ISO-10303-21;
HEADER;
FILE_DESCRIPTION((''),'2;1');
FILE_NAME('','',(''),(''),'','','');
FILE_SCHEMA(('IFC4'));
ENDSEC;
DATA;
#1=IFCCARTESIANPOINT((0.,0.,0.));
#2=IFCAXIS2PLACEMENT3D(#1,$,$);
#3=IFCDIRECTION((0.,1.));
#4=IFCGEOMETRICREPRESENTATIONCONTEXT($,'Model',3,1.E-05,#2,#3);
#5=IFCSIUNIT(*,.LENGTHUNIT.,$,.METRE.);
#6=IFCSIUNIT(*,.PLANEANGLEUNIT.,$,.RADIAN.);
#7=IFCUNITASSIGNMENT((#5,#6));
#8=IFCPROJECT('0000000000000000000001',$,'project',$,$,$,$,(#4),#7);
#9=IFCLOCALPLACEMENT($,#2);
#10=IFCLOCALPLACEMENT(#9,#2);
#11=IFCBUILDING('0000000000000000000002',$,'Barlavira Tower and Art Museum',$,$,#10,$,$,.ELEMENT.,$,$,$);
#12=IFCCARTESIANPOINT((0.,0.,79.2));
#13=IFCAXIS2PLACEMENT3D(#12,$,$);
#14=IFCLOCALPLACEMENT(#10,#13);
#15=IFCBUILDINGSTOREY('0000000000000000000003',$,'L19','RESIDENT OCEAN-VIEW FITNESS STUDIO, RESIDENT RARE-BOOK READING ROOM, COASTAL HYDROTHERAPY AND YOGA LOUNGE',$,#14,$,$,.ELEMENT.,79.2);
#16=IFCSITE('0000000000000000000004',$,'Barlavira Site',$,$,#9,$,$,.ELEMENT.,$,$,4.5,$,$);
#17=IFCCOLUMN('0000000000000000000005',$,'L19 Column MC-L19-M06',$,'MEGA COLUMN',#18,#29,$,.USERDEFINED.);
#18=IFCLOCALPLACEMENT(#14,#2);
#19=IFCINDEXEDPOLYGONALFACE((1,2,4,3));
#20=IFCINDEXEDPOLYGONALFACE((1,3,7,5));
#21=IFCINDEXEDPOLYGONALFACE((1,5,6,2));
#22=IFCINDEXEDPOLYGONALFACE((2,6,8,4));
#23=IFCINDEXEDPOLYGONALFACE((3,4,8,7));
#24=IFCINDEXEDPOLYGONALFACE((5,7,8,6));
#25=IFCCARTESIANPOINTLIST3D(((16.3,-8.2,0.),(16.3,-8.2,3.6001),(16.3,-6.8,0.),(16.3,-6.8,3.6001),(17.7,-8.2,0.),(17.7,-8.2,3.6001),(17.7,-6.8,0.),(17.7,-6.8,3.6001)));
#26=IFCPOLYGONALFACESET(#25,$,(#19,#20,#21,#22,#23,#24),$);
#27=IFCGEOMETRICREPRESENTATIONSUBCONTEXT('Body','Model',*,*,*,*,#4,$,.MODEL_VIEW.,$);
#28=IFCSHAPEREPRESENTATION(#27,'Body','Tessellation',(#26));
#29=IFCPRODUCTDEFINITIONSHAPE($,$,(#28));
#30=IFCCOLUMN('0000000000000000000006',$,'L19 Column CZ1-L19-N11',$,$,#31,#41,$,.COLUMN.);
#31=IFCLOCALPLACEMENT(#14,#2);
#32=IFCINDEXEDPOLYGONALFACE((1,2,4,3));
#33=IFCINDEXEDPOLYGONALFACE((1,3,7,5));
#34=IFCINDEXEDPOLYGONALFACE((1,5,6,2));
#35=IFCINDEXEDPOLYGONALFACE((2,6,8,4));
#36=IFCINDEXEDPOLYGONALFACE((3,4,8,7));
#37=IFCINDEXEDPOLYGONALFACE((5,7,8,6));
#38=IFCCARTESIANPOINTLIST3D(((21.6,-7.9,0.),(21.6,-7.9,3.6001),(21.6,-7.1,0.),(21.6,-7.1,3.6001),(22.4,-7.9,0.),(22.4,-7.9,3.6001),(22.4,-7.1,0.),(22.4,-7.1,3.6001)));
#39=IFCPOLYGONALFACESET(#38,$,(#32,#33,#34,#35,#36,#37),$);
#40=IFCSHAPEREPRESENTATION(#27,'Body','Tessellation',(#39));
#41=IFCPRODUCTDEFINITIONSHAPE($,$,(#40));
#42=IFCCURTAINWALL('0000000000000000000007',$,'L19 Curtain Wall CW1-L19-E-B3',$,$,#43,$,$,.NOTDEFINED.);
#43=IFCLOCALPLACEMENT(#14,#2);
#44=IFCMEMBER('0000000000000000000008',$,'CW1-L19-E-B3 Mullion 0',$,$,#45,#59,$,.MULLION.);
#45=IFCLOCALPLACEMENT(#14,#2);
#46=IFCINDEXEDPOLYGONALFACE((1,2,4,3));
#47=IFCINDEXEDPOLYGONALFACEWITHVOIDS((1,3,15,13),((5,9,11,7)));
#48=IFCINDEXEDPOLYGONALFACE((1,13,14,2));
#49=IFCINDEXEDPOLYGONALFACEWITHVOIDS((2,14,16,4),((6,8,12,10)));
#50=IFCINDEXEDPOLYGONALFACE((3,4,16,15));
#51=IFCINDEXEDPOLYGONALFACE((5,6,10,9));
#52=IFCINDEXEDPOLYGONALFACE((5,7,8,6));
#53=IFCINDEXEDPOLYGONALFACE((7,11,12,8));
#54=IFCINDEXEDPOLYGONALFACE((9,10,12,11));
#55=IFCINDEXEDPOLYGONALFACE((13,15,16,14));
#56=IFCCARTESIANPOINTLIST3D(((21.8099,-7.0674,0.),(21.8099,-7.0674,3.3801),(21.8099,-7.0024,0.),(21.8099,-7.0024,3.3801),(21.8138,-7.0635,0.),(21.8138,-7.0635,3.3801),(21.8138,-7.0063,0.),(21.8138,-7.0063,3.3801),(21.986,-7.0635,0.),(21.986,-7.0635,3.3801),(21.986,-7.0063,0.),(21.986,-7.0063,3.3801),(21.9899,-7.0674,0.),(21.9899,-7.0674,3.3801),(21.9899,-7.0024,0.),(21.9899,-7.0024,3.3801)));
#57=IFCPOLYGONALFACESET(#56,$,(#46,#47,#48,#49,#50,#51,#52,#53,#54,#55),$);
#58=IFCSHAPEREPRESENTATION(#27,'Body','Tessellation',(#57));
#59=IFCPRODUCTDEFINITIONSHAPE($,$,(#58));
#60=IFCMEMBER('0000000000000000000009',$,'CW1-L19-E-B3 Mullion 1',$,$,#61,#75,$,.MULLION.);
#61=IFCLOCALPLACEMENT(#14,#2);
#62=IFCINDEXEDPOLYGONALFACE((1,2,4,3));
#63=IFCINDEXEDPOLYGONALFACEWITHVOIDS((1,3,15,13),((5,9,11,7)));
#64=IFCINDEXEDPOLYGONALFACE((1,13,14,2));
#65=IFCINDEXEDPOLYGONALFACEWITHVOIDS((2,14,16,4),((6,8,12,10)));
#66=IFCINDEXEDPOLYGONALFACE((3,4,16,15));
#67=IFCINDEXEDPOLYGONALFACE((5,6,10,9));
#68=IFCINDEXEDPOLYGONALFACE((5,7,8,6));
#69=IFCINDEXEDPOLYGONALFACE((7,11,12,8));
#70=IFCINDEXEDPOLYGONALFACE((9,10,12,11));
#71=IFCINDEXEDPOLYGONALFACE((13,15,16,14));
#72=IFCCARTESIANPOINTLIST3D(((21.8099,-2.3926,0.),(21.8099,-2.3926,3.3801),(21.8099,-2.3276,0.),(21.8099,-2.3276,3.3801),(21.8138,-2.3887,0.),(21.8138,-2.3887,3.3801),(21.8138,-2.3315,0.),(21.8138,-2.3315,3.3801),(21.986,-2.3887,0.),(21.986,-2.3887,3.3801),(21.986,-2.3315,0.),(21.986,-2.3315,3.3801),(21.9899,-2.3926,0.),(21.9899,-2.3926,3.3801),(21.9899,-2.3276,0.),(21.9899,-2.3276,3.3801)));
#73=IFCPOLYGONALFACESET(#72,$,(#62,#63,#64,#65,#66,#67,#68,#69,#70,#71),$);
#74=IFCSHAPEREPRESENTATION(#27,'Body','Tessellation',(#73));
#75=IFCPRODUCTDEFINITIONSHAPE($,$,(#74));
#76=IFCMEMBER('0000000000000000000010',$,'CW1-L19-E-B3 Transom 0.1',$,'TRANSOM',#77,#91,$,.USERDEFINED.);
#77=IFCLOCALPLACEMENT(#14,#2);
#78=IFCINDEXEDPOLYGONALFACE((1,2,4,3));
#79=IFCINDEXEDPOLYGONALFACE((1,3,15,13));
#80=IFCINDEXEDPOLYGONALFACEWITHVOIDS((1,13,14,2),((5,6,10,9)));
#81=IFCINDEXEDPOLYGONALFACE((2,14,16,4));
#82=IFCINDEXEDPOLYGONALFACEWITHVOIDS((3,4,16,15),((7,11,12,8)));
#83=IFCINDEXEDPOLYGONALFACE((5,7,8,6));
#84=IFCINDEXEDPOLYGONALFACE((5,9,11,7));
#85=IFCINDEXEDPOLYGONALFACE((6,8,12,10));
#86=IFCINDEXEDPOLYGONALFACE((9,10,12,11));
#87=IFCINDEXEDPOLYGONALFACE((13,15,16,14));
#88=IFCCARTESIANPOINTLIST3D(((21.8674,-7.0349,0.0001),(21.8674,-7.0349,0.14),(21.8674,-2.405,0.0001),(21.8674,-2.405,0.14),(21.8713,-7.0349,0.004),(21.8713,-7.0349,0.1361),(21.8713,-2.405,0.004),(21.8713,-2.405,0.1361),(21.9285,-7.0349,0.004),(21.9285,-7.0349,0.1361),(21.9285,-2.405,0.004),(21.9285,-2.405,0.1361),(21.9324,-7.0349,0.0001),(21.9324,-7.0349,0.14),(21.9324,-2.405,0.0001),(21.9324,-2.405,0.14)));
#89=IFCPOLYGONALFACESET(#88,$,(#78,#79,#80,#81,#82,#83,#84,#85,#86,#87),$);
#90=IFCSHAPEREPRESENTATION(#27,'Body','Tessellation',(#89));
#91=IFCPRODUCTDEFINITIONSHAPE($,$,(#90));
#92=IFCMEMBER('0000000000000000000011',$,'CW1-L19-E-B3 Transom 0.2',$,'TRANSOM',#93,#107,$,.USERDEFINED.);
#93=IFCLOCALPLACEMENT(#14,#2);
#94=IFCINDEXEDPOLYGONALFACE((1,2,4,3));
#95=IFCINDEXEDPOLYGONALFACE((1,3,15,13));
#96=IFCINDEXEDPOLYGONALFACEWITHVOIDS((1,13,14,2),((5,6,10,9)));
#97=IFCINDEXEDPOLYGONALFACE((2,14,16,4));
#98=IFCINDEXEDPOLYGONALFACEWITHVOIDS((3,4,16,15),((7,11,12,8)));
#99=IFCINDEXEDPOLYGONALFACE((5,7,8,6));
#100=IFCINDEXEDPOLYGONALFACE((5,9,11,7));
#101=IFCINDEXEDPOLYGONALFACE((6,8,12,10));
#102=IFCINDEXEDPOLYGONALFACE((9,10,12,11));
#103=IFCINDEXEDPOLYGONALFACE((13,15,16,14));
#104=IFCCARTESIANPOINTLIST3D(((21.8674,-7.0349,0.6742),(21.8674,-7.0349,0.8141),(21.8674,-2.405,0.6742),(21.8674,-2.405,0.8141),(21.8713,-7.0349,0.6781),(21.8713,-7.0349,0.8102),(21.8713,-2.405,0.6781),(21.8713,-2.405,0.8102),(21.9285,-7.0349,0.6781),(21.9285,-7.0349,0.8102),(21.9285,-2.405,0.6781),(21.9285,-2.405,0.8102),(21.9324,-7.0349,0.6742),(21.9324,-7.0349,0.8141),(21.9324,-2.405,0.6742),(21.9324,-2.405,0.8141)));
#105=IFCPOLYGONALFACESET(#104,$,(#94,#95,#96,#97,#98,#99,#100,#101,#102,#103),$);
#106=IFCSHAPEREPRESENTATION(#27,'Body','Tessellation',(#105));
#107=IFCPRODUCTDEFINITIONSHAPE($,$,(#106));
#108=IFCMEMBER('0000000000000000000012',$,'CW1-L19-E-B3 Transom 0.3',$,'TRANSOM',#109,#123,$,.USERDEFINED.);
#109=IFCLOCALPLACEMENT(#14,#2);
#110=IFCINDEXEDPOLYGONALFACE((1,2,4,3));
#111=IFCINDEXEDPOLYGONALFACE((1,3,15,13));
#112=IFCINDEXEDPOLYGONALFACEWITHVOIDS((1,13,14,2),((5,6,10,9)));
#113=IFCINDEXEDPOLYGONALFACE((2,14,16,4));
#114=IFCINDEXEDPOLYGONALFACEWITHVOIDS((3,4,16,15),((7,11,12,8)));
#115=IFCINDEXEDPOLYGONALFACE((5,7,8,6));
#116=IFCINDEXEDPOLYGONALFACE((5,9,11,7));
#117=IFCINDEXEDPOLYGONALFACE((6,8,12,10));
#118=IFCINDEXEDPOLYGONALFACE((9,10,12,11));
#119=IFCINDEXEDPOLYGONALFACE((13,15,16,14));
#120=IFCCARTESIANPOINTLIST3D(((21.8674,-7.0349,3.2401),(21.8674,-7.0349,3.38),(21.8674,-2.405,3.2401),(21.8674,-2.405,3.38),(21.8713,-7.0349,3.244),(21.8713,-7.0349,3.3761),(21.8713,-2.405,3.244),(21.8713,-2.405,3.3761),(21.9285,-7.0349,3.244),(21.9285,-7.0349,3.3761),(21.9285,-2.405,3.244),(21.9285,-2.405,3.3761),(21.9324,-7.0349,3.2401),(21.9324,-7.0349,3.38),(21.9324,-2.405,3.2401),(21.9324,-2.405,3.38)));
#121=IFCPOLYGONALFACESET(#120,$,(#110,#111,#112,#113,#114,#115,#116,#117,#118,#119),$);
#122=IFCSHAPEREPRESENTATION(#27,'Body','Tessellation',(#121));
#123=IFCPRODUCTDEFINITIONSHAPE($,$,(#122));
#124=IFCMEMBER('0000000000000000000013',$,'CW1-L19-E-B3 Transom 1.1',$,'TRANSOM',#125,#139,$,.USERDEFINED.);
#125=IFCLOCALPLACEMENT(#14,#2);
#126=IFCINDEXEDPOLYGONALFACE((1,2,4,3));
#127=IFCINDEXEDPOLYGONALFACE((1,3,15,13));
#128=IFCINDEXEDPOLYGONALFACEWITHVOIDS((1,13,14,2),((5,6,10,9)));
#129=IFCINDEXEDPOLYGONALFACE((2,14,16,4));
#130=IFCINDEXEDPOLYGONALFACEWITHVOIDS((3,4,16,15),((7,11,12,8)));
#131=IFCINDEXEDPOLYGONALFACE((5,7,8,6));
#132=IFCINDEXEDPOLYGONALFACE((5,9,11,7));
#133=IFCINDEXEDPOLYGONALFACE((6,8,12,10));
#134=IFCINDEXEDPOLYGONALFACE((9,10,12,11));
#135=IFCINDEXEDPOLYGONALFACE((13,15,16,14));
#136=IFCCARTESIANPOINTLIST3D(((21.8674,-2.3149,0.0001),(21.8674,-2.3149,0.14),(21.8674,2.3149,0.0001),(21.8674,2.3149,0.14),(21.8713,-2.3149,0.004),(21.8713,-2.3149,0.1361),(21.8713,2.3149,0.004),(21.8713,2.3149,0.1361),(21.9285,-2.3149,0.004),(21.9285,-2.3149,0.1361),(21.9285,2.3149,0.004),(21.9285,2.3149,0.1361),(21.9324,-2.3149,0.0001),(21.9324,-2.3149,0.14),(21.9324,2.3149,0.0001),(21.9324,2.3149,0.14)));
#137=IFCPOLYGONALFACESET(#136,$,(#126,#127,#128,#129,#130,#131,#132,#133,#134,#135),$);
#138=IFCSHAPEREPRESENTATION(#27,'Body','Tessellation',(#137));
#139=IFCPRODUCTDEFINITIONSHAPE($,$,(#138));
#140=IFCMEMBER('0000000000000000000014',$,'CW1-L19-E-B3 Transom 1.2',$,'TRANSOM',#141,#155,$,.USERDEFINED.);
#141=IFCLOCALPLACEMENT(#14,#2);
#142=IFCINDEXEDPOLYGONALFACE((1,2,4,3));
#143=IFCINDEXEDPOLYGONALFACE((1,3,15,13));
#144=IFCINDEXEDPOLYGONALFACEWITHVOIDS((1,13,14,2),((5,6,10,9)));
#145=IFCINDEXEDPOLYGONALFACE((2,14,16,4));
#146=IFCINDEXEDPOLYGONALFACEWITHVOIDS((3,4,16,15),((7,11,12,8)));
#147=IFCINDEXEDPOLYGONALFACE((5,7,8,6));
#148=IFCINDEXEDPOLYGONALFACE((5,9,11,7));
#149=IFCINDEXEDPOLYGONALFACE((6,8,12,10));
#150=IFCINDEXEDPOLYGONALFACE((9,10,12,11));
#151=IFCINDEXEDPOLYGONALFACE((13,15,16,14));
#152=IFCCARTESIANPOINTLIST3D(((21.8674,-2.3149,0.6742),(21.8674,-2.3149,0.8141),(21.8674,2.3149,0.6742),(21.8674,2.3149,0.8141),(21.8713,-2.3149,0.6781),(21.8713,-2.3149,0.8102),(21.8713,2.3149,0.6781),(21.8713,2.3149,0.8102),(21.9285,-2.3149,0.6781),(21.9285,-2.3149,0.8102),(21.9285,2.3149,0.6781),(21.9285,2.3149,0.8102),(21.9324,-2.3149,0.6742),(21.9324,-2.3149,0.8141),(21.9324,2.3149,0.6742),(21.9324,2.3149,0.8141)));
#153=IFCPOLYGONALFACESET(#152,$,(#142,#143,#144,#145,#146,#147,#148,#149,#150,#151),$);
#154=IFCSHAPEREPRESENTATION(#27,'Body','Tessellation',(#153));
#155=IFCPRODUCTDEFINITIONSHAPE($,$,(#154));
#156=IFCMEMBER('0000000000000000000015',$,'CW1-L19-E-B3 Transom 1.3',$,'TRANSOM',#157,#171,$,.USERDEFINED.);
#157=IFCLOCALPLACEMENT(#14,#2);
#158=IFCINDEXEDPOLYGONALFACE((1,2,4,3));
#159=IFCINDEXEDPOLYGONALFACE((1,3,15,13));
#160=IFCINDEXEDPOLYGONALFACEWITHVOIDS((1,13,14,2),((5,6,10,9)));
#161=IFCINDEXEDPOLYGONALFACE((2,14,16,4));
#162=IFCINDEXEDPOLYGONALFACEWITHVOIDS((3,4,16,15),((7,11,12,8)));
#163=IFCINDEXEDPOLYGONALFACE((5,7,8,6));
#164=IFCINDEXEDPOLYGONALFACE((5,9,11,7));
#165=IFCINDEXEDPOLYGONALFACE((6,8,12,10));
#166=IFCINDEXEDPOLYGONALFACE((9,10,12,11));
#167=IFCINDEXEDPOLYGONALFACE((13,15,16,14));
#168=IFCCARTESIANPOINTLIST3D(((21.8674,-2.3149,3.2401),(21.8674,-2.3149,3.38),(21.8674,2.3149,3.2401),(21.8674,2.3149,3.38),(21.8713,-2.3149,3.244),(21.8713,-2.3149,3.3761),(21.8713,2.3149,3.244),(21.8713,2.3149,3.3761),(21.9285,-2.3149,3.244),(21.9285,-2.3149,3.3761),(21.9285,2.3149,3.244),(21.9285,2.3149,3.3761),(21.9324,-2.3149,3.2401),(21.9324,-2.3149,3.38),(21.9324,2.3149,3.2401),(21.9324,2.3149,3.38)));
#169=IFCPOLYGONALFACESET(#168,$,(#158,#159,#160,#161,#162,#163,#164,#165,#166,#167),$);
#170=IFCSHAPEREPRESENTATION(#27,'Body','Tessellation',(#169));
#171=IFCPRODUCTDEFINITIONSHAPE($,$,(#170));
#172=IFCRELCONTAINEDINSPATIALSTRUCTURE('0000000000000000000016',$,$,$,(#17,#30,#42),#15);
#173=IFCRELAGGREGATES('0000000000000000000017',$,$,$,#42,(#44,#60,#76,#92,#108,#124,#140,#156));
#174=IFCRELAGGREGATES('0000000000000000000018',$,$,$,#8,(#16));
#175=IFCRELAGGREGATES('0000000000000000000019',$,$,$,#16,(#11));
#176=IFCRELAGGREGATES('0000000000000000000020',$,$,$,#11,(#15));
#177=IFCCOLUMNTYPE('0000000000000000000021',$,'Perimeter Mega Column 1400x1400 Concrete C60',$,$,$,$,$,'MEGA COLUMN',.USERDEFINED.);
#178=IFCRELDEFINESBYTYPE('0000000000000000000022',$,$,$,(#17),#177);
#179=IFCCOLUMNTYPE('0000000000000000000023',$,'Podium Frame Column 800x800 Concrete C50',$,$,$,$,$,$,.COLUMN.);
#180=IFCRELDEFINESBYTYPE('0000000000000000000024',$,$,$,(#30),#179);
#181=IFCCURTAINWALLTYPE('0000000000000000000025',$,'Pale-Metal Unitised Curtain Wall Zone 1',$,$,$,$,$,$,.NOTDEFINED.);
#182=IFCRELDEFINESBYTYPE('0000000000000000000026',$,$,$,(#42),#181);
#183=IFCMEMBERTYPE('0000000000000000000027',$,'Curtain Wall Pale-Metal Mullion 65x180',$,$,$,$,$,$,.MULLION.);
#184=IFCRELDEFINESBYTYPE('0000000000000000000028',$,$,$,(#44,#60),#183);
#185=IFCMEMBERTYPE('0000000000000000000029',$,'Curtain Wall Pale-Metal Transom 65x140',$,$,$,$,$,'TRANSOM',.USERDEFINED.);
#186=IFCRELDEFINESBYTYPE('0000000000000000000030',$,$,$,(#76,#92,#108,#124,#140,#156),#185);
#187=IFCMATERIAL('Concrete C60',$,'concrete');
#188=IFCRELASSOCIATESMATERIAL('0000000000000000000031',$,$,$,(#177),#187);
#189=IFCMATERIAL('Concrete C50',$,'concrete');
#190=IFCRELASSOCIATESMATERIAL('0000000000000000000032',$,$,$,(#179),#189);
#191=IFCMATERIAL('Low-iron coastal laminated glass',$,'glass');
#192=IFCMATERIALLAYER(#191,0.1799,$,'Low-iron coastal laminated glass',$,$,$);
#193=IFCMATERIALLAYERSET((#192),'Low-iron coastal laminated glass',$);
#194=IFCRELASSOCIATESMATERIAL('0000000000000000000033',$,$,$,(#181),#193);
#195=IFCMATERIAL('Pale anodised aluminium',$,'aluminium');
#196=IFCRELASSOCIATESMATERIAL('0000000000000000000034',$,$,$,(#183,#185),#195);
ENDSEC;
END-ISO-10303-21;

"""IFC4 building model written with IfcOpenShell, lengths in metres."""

from ifc_helpers import new_model, si_unit, direction, frame, origin, origin_2d, place, context, subcontext, project, spatial, rectangle, hollow_rectangle, extrude, material, layer, layer_set, material_profile, profile_set, type_object, element, aggregate, save


model = new_model("IFC4")

# Units and contexts
model_context = context("Model", 3, precision=1e-05, world=origin(), true_north=direction((0.0, 1.0)))
body_context = subcontext(model_context, "Body", "Model", "MODEL_VIEW")
ifc_project = project(units=[si_unit("LENGTHUNIT", "METRE"), si_unit("PLANEANGLEUNIT", "RADIAN")], contexts=[model_context])

# Site, building, storey
site_placement = place(None, origin())
site = spatial("IfcSite", under=ifc_project, at=site_placement, Name="Barlavira Site", CompositionType="ELEMENT", RefElevation=4.5)
building_placement = place(site_placement, origin())
building = spatial("IfcBuilding", under=site, at=building_placement, Name="Barlavira Tower and Art Museum", CompositionType="ELEMENT")
storey_placement = place(building_placement, frame((0.0, 0.0, 79.2)))
storey = spatial("IfcBuildingStorey", under=building, at=storey_placement, Name="L19", Description="RESIDENT OCEAN-VIEW FITNESS STUDIO, RESIDENT RARE-BOOK READING ROOM, COASTAL HYDROTHERAPY AND YOGA LOUNGE", CompositionType="ELEMENT", Elevation=79.2)

# Columns
ifc_material_1 = material(Name="Concrete C60", Category="concrete")
ifc_material_profile_1 = material_profile(ifc_material_1, rectangle(XDim=1.3999, YDim=1.3999, at=origin_2d()), Name="RC-MCOL 1400x1400")
ifc_profile_set_1 = profile_set([ifc_material_profile_1], Name="Concrete C60")
column_type_1 = type_object("IfcColumnType", Name="Perimeter Mega Column 1400x1400 Concrete C60", ElementType="MEGA COLUMN", PredefinedType="USERDEFINED", material=ifc_profile_set_1)
column_1_placement = place(storey_placement, frame((17.0, -7.5, 0.0), z_axis=(0.0, 0.0, 1.0), x_axis=(1.0, 0.0, 0.0)))
element("IfcColumn", 1, at=column_1_placement, inside=storey, type_object=column_type_1, Name="L19 Column MC-L19-M06", ObjectType="MEGA COLUMN", PredefinedType="USERDEFINED", context=body_context, shape_type="SweptSolid", body=[
    extrude(rectangle(XDim=1.3999, YDim=1.3999, at=origin_2d()), origin(), (0.0, 0.0, 1.0), 3.6001),
])
ifc_material_2 = material(Name="Concrete C50", Category="concrete")
ifc_material_profile_2 = material_profile(ifc_material_2, rectangle(XDim=0.8, YDim=0.8, at=origin_2d()), Name="RC-COL 800x800")
ifc_profile_set_2 = profile_set([ifc_material_profile_2], Name="Concrete C50")
column_type_2 = type_object("IfcColumnType", Name="Podium Frame Column 800x800 Concrete C50", PredefinedType="COLUMN", material=ifc_profile_set_2)
column_2_placement = place(storey_placement, frame((22.0, -7.5, 0.0), z_axis=(0.0, 0.0, 1.0), x_axis=(1.0, 0.0, 0.0)))
element("IfcColumn", 2, at=column_2_placement, inside=storey, type_object=column_type_2, Name="L19 Column CZ1-L19-N11", PredefinedType="COLUMN", context=body_context, shape_type="SweptSolid", body=[
    extrude(rectangle(XDim=0.8, YDim=0.8, at=origin_2d()), origin(), (0.0, 0.0, 1.0), 3.6001),
])

# Curtain wall, members
ifc_material_3 = material(Name="Low-iron coastal laminated glass", Category="glass")
ifc_layer_1 = layer(ifc_material_3, 0.1799, Name="Low-iron coastal laminated glass")
ifc_layer_set_1 = layer_set([ifc_layer_1], Name="Low-iron coastal laminated glass")
curtain_wall_type = type_object("IfcCurtainWallType", Name="Pale-Metal Unitised Curtain Wall Zone 1", PredefinedType="NOTDEFINED", material=ifc_layer_set_1)
curtain_wall_placement = place(storey_placement, origin())
curtain_wall = element("IfcCurtainWall", 3, at=curtain_wall_placement, inside=storey, type_object=curtain_wall_type, Name="L19 Curtain Wall CW1-L19-E-B3", PredefinedType="NOTDEFINED")
ifc_material_4 = material(Name="Pale anodised aluminium", Category="aluminium")
ifc_material_profile_3 = material_profile(ifc_material_4, hollow_rectangle(XDim=0.0649, YDim=0.1799, WallThickness=0.0039, at=origin_2d()), Name="ALU-MULL 65x180x4")
ifc_profile_set_3 = profile_set([ifc_material_profile_3], Name="Pale anodised aluminium")
member_type_1 = type_object("IfcMemberType", Name="Curtain Wall Pale-Metal Mullion 65x180", PredefinedType="MULLION", material=ifc_profile_set_3)
member_1_placement = place(storey_placement, frame((21.8999, -7.0349, 0.0), z_axis=(0.0, 0.0, 1.0), x_axis=(0.0, 1.0, 0.0)))
member_1 = element("IfcMember", 4, at=member_1_placement, type_object=member_type_1, Name="CW1-L19-E-B3 Mullion 0", PredefinedType="MULLION", context=body_context, shape_type="SweptSolid", body=[
    extrude(hollow_rectangle(XDim=0.0649, YDim=0.1799, WallThickness=0.0039, at=origin_2d()), origin(), (0.0, 0.0, 1.0), 3.3801),
])
member_2_placement = place(storey_placement, frame((21.8999, -2.3601, 0.0), z_axis=(0.0, 0.0, 1.0), x_axis=(0.0, 1.0, 0.0)))
member_2 = element("IfcMember", 5, at=member_2_placement, type_object=member_type_1, Name="CW1-L19-E-B3 Mullion 1", PredefinedType="MULLION", context=body_context, shape_type="SweptSolid", body=[
    extrude(hollow_rectangle(XDim=0.0649, YDim=0.1799, WallThickness=0.0039, at=origin_2d()), origin(), (0.0, 0.0, 1.0), 3.3801),
])
ifc_material_profile_4 = material_profile(ifc_material_4, hollow_rectangle(XDim=0.0649, YDim=0.1399, WallThickness=0.0039, at=origin_2d()), Name="ALU-TRAN 65x140x4")
ifc_profile_set_4 = profile_set([ifc_material_profile_4], Name="Pale anodised aluminium")
member_type_2 = type_object("IfcMemberType", Name="Curtain Wall Pale-Metal Transom 65x140", ElementType="TRANSOM", PredefinedType="USERDEFINED", material=ifc_profile_set_4)
member_3_placement = place(storey_placement, frame((21.8999, -7.0349, 0.0701), z_axis=(0.0, 1.0, 0.0), x_axis=(-1.0, 0.0, 0.0)))
member_3 = element("IfcMember", 6, at=member_3_placement, type_object=member_type_2, Name="CW1-L19-E-B3 Transom 0.1", ObjectType="TRANSOM", PredefinedType="USERDEFINED", context=body_context, shape_type="SweptSolid", body=[
    extrude(hollow_rectangle(XDim=0.0649, YDim=0.1399, WallThickness=0.0039, at=origin_2d()), origin(), (0.0, 0.0, 1.0), 4.6299),
])
member_4_placement = place(storey_placement, frame((21.8999, -7.0349, 0.7441), z_axis=(0.0, 1.0, 0.0), x_axis=(-1.0, 0.0, 0.0)))
member_4 = element("IfcMember", 7, at=member_4_placement, type_object=member_type_2, Name="CW1-L19-E-B3 Transom 0.2", ObjectType="TRANSOM", PredefinedType="USERDEFINED", context=body_context, shape_type="SweptSolid", body=[
    extrude(hollow_rectangle(XDim=0.0649, YDim=0.1399, WallThickness=0.0039, at=origin_2d()), origin(), (0.0, 0.0, 1.0), 4.6299),
])
member_5_placement = place(storey_placement, frame((21.8999, -7.0349, 3.3101), z_axis=(0.0, 1.0, 0.0), x_axis=(-1.0, 0.0, 0.0)))
member_5 = element("IfcMember", 8, at=member_5_placement, type_object=member_type_2, Name="CW1-L19-E-B3 Transom 0.3", ObjectType="TRANSOM", PredefinedType="USERDEFINED", context=body_context, shape_type="SweptSolid", body=[
    extrude(hollow_rectangle(XDim=0.0649, YDim=0.1399, WallThickness=0.0039, at=origin_2d()), origin(), (0.0, 0.0, 1.0), 4.6299),
])
member_6_placement = place(storey_placement, frame((21.8999, -2.3149, 0.0701), z_axis=(0.0, 1.0, 0.0), x_axis=(-1.0, 0.0, 0.0)))
member_6 = element("IfcMember", 9, at=member_6_placement, type_object=member_type_2, Name="CW1-L19-E-B3 Transom 1.1", ObjectType="TRANSOM", PredefinedType="USERDEFINED", context=body_context, shape_type="SweptSolid", body=[
    extrude(hollow_rectangle(XDim=0.0649, YDim=0.1399, WallThickness=0.0039, at=origin_2d()), origin(), (0.0, 0.0, 1.0), 4.6299),
])
member_7_placement = place(storey_placement, frame((21.8999, -2.3149, 0.7441), z_axis=(0.0, 1.0, 0.0), x_axis=(-1.0, 0.0, 0.0)))
member_7 = element("IfcMember", 10, at=member_7_placement, type_object=member_type_2, Name="CW1-L19-E-B3 Transom 1.2", ObjectType="TRANSOM", PredefinedType="USERDEFINED", context=body_context, shape_type="SweptSolid", body=[
    extrude(hollow_rectangle(XDim=0.0649, YDim=0.1399, WallThickness=0.0039, at=origin_2d()), origin(), (0.0, 0.0, 1.0), 4.6299),
])
member_8_placement = place(storey_placement, frame((21.8999, -2.3149, 3.3101), z_axis=(0.0, 1.0, 0.0), x_axis=(-1.0, 0.0, 0.0)))
member_8 = element("IfcMember", 11, at=member_8_placement, type_object=member_type_2, Name="CW1-L19-E-B3 Transom 1.3", ObjectType="TRANSOM", PredefinedType="USERDEFINED", context=body_context, shape_type="SweptSolid", body=[
    extrude(hollow_rectangle(XDim=0.0649, YDim=0.1399, WallThickness=0.0039, at=origin_2d()), origin(), (0.0, 0.0, 1.0), 4.6299),
])

aggregate(curtain_wall, [member_1, member_2, member_3, member_4, member_5, member_6, member_7, member_8])

save(model, "model.ifc")
